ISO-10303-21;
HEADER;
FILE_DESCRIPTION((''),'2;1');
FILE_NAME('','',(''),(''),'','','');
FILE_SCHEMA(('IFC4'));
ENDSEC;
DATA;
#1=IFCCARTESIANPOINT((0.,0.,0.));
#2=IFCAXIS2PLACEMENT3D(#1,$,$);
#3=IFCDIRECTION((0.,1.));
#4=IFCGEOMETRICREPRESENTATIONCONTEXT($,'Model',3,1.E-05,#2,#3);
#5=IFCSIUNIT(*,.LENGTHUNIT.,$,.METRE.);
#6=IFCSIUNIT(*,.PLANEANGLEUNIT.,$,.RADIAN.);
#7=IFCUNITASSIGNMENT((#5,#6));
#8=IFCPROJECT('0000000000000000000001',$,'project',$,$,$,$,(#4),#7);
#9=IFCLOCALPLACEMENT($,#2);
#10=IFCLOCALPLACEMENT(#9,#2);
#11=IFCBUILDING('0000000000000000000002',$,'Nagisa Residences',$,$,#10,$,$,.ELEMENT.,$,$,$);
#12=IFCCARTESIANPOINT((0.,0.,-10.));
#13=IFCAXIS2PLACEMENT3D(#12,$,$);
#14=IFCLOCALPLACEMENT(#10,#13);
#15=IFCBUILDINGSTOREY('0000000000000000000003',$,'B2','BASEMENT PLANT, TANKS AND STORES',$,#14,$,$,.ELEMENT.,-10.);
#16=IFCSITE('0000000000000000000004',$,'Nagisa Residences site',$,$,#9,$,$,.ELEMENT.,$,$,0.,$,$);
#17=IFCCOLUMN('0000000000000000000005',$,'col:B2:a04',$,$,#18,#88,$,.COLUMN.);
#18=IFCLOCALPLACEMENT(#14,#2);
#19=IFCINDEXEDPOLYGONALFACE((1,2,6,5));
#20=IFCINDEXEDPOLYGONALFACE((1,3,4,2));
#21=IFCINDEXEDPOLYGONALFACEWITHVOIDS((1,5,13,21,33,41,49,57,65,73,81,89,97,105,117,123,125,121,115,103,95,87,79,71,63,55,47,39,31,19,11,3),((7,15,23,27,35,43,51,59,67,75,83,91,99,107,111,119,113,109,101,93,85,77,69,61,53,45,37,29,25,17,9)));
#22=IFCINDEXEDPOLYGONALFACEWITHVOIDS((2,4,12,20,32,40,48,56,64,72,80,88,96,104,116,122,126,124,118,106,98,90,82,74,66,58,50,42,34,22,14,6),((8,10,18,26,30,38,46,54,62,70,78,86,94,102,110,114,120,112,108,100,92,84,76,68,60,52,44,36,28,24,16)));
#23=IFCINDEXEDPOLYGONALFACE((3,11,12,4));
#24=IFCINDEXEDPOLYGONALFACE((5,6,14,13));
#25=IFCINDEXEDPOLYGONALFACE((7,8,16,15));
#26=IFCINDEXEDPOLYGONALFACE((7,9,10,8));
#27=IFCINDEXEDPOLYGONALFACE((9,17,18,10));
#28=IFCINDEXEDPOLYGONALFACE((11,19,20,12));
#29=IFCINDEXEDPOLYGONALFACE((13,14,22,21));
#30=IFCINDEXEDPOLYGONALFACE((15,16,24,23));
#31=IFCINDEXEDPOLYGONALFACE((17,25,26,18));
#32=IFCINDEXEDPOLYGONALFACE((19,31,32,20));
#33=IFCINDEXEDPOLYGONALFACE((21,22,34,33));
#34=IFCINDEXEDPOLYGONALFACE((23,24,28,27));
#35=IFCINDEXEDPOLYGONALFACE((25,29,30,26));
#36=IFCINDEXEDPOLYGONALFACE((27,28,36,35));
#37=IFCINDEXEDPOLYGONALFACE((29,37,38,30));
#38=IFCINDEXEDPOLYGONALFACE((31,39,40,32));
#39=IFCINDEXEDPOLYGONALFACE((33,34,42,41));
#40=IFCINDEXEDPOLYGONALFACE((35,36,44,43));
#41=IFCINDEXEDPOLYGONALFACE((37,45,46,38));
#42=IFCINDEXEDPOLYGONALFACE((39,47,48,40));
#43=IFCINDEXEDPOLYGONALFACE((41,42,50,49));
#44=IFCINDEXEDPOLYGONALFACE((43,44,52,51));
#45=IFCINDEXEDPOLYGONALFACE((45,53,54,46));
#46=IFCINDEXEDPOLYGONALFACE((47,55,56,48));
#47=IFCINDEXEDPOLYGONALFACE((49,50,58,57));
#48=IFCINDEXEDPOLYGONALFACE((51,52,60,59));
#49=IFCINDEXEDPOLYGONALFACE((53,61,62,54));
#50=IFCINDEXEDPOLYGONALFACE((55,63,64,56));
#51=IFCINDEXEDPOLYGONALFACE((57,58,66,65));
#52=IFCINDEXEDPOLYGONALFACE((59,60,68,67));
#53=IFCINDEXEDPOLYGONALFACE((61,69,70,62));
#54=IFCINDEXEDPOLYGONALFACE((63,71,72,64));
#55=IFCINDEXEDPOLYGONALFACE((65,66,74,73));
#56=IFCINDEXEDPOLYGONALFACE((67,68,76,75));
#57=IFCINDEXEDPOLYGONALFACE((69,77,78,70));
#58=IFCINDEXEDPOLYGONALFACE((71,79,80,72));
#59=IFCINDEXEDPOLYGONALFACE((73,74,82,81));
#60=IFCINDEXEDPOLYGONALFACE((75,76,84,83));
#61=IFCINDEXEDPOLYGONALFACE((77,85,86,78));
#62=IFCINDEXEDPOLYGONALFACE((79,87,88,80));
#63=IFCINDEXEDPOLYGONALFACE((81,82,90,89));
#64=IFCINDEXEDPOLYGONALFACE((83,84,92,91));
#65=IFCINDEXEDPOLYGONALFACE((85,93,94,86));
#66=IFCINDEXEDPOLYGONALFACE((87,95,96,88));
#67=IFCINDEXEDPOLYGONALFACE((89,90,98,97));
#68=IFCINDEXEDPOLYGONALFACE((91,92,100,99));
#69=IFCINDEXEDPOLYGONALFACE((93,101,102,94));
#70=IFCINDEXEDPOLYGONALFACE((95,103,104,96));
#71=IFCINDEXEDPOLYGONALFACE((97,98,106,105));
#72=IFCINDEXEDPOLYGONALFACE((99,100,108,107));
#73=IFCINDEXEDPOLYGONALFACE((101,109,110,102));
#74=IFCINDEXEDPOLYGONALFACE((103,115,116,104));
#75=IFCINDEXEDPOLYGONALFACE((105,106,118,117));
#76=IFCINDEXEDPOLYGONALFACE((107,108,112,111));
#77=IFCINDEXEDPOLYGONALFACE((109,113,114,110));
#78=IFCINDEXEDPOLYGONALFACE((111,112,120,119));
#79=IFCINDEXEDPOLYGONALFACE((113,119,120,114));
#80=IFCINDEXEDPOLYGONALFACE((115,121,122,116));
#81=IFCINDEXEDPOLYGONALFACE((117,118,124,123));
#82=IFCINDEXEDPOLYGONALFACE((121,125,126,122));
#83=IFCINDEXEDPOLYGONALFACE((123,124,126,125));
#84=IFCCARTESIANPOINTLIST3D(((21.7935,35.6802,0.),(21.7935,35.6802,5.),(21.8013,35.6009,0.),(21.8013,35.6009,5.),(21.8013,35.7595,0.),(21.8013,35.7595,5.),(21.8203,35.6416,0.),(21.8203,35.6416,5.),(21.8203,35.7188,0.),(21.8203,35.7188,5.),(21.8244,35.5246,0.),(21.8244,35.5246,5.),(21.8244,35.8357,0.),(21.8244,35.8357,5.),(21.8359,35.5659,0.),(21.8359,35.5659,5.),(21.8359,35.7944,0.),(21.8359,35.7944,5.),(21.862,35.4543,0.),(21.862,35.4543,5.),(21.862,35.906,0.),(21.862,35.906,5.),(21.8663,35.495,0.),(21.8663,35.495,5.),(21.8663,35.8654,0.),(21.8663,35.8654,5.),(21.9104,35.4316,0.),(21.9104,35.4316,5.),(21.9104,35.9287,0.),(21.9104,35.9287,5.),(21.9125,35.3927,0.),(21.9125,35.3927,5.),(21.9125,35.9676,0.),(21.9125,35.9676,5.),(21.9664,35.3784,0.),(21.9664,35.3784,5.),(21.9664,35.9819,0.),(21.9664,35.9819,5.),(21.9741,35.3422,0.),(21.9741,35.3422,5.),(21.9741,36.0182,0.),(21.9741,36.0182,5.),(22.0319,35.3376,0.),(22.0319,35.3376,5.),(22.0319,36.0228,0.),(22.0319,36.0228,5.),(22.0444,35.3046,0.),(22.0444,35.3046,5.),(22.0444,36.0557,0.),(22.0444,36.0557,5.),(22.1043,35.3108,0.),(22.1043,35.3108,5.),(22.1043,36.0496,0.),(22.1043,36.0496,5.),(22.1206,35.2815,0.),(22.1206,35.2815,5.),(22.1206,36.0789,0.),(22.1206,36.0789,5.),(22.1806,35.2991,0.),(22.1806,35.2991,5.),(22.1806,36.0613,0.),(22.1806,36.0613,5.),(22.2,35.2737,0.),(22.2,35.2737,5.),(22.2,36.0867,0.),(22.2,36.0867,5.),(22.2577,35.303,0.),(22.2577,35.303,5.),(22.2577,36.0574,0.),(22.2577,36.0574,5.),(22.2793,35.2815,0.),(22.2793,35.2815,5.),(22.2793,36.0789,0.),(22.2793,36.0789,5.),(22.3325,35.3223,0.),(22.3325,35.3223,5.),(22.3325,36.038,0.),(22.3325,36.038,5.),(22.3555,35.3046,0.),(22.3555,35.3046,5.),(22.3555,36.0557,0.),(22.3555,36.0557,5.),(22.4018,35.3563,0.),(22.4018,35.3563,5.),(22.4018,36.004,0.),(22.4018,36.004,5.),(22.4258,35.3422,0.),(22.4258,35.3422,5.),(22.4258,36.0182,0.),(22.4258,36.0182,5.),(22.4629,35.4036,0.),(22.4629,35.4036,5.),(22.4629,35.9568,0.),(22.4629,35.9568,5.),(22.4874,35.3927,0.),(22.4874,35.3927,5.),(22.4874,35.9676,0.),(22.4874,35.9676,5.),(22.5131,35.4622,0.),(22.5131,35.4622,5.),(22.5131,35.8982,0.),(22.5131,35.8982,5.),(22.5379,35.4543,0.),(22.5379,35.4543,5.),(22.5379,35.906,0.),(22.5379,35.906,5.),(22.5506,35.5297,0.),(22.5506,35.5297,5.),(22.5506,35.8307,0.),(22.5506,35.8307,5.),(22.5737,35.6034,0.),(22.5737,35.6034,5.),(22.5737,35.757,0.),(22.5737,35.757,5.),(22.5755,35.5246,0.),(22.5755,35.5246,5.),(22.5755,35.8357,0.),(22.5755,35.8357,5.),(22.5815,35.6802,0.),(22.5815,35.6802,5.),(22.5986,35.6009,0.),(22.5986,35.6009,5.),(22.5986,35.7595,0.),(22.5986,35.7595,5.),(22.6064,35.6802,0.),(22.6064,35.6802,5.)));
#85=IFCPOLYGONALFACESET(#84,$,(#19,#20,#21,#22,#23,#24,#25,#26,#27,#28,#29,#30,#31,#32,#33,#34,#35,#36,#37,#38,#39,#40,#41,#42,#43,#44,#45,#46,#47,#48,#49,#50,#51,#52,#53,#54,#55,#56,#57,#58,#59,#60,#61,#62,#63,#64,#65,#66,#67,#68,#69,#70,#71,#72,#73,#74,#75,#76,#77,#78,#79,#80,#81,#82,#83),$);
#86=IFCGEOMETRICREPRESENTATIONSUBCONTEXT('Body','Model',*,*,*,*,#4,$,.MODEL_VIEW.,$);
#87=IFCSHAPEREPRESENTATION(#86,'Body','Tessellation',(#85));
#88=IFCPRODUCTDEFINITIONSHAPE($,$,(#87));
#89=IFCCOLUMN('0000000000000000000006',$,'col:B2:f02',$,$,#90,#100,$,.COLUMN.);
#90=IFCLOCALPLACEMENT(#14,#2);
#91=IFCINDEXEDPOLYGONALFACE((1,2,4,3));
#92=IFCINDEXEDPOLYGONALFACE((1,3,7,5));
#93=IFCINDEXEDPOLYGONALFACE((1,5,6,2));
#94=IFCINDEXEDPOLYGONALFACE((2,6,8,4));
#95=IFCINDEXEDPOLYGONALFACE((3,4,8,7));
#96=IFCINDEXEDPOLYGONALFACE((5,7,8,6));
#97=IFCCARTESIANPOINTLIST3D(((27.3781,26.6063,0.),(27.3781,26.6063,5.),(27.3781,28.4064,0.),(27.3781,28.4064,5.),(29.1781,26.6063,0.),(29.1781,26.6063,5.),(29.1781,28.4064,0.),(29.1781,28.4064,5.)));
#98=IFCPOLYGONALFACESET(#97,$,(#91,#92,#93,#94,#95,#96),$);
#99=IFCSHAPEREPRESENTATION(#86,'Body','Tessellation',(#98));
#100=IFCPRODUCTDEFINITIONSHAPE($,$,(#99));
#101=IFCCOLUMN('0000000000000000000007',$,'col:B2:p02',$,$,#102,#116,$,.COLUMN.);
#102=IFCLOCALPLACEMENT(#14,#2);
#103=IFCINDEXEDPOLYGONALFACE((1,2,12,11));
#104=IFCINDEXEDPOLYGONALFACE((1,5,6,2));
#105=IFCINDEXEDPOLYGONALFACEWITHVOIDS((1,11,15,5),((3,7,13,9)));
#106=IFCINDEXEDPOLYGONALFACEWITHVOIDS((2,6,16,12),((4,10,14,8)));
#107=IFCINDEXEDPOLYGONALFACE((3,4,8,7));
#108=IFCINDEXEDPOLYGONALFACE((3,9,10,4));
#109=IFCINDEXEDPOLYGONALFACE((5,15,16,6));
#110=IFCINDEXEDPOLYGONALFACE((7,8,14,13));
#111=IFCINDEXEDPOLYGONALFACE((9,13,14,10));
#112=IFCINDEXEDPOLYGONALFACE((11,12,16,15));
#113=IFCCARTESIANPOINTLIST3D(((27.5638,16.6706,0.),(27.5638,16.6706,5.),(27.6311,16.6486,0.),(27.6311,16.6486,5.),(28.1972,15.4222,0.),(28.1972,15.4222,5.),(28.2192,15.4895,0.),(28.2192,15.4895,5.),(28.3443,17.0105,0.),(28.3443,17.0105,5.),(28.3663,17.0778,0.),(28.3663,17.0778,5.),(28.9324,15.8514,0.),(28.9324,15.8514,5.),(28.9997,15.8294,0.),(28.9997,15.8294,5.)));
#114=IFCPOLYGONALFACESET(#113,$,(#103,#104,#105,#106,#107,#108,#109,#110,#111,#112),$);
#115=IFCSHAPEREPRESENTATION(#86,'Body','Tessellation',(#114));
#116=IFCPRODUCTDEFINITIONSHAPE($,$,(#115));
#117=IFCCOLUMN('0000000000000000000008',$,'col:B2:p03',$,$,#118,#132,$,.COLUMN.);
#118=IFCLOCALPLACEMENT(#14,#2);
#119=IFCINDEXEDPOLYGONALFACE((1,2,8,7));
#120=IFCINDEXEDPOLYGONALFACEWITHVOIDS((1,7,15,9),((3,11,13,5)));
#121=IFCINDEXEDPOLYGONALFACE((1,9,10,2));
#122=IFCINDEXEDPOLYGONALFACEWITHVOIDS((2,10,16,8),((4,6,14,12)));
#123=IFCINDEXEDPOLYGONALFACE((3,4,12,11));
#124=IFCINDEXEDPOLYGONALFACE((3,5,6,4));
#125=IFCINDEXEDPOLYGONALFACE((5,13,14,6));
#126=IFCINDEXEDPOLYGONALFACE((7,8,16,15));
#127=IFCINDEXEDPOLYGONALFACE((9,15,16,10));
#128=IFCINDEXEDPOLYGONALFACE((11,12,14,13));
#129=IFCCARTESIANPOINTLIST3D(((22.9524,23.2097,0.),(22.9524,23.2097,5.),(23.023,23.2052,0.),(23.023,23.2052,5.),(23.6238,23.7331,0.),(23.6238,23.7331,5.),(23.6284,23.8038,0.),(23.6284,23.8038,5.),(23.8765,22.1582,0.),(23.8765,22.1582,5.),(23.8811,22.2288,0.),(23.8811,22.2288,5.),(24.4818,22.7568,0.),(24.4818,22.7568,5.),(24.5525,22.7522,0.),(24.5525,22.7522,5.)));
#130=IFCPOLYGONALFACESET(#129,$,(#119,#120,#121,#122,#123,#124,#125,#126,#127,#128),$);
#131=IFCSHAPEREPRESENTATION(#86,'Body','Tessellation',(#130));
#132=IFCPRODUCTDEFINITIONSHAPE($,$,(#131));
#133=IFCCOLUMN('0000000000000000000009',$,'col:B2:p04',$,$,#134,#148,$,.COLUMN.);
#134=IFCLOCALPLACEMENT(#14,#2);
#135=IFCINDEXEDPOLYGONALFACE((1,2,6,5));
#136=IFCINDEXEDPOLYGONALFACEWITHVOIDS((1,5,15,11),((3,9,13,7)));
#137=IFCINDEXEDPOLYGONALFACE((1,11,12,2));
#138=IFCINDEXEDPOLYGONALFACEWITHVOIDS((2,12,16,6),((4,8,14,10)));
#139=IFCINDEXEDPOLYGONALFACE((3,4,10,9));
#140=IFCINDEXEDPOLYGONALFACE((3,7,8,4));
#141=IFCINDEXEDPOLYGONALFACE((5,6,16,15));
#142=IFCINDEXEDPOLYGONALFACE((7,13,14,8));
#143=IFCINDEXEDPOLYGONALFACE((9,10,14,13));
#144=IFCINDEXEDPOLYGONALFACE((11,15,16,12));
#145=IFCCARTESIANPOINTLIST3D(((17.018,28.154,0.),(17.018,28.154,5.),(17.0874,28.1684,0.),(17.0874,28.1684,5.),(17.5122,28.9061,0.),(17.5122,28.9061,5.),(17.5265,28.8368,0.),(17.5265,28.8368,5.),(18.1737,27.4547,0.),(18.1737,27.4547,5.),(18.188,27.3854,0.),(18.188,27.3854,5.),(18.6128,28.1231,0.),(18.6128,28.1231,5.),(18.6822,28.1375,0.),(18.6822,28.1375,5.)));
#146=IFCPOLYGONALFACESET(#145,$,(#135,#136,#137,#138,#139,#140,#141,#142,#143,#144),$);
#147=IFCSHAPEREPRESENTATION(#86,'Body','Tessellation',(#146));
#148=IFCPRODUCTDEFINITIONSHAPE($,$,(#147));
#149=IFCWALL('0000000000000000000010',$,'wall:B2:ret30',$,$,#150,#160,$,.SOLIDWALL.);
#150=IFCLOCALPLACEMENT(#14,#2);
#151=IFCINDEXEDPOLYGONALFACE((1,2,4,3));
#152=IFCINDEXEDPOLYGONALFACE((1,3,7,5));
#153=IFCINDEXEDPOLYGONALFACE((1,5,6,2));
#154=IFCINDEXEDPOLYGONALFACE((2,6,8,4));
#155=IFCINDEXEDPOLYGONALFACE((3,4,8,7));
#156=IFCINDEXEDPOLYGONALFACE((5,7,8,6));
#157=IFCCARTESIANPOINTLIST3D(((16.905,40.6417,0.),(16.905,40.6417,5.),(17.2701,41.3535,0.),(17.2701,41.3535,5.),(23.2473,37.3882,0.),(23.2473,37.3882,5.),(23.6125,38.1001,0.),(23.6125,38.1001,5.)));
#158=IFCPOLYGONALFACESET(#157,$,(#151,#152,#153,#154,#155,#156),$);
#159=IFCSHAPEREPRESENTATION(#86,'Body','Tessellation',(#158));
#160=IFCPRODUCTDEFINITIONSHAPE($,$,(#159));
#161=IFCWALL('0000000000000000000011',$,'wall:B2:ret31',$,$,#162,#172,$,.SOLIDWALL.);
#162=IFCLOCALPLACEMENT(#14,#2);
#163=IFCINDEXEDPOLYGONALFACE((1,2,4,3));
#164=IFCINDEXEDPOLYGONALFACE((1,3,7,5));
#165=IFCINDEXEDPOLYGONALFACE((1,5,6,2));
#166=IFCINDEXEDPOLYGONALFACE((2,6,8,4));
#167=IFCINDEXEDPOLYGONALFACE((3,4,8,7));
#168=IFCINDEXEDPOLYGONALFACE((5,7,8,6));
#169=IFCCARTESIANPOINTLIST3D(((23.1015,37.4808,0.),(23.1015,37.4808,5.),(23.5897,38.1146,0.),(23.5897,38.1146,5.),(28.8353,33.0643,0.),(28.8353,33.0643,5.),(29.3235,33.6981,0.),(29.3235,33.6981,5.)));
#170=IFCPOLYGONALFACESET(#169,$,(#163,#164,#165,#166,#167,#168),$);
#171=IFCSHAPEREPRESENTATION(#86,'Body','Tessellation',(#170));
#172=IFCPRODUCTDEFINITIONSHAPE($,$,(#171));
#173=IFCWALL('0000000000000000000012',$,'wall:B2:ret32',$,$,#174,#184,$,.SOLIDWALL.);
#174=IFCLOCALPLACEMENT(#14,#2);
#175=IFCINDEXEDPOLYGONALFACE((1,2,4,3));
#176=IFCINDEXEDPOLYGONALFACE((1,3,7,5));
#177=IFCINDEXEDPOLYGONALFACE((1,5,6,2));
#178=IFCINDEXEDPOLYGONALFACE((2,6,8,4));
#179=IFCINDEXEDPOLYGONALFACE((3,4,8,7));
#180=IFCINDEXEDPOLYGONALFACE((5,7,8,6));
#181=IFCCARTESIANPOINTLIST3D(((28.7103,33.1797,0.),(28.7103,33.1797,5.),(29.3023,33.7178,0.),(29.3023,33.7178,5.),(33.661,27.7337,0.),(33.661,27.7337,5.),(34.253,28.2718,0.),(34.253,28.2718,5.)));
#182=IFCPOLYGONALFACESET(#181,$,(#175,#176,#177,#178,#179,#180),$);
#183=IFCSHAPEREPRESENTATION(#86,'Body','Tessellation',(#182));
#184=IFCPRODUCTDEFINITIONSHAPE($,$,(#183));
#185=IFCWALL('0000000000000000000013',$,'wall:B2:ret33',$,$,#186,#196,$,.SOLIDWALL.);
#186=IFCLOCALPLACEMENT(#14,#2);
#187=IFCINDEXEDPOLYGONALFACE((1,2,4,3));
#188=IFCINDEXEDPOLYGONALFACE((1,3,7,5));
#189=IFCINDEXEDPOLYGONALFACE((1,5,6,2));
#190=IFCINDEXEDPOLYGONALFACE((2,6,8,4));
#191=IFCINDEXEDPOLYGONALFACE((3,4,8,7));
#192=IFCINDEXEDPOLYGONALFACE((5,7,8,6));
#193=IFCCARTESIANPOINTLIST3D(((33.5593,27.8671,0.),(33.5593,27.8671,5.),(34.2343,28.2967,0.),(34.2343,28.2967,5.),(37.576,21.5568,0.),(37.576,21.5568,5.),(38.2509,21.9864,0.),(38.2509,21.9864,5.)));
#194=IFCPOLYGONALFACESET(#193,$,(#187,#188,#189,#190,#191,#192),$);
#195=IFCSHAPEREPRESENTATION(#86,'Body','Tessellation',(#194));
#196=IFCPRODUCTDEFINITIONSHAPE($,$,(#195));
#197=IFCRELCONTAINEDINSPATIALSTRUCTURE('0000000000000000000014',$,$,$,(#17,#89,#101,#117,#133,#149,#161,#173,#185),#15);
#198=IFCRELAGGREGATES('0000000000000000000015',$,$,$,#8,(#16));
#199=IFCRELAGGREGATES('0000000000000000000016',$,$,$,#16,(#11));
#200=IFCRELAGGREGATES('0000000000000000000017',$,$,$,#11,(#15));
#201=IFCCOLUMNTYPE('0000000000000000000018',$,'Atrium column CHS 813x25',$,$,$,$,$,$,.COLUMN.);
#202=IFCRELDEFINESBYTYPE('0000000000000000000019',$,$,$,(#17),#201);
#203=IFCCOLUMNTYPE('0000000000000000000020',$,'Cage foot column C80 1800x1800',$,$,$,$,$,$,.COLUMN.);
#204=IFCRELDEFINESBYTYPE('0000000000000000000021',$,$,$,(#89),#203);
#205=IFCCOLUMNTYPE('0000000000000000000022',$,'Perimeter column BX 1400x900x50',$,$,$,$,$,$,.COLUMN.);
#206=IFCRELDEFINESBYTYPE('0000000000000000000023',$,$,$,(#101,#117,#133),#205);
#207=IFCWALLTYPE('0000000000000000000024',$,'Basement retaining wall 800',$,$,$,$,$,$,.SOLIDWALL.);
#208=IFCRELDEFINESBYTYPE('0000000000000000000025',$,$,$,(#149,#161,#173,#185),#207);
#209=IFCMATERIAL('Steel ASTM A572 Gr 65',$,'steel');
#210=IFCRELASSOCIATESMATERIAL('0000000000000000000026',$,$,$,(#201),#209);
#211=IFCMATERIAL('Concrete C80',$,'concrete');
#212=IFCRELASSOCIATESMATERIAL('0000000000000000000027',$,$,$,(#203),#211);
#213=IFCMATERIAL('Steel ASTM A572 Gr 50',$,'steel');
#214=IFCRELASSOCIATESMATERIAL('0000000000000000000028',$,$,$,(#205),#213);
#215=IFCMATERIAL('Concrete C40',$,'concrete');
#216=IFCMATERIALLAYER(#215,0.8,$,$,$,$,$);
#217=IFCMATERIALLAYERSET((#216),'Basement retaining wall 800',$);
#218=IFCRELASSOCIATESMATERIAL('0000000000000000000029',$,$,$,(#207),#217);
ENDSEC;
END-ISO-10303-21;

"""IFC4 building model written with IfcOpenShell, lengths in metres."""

from ifc_helpers import new_model, si_unit, direction, frame, frame_2d, origin, origin_2d, place, context, subcontext, project, spatial, rectangle, hollow_rectangle, hollow_circle, extrude, material, layer, layer_set, material_profile, profile_set, type_object, element, save


model = new_model("IFC4")

# Units and contexts
model_context = context("Model", 3, precision=1e-05, world=origin(), true_north=direction((0.0, 1.0)))
body_context = subcontext(model_context, "Body", "Model", "MODEL_VIEW")
ifc_project = project(units=[si_unit("LENGTHUNIT", "METRE"), si_unit("PLANEANGLEUNIT", "RADIAN")], contexts=[model_context])

# Site, building, storey
site_placement = place(None, origin())
site = spatial("IfcSite", under=ifc_project, at=site_placement, Name="Nagisa Residences site", CompositionType="ELEMENT", RefElevation=0.0)
building_placement = place(site_placement, origin())
building = spatial("IfcBuilding", under=site, at=building_placement, Name="Nagisa Residences", CompositionType="ELEMENT")
storey_placement = place(building_placement, frame((0.0, 0.0, -10.0)))
storey = spatial("IfcBuildingStorey", under=building, at=storey_placement, Name="B2", Description="BASEMENT PLANT, TANKS AND STORES", CompositionType="ELEMENT", Elevation=-10.0)

# Columns
ifc_material_1 = material(Name="Steel ASTM A572 Gr 65", Category="steel")
ifc_material_profile_1 = material_profile(ifc_material_1, hollow_circle(Radius=0.4065, WallThickness=0.0249, at=origin_2d()), Name="CHS 813x25")
ifc_profile_set_1 = profile_set([ifc_material_profile_1], Name="Steel ASTM A572 Gr 65")
column_type_1 = type_object("IfcColumnType", Name="Atrium column CHS 813x25", PredefinedType="COLUMN", material=ifc_profile_set_1)
for number, where, z_axis, x_axis, name in (
    (1, (22.2, 35.6802, 0.0), (0.0, 0.0, 1.0), (1.0, 0.0, 0.0), "col:B2:a04"),
):
    element("IfcColumn", number, at=place(storey_placement, frame(where, z_axis=z_axis, x_axis=x_axis)), inside=storey, type_object=column_type_1, Name=name, PredefinedType="COLUMN", context=body_context, shape_type="SweptSolid", body=[
        extrude(hollow_circle(Radius=0.4065, WallThickness=0.0249, at=origin_2d()), origin(), (0.0, 0.0, 1.0), 5.0),
    ])
ifc_material_2 = material(Name="Concrete C80", Category="concrete")
ifc_material_profile_2 = material_profile(ifc_material_2, rectangle(XDim=1.8, YDim=1.8, at=origin_2d()), Name="C80 1800x1800")
ifc_profile_set_2 = profile_set([ifc_material_profile_2], Name="Concrete C80")
column_type_2 = type_object("IfcColumnType", Name="Cage foot column C80 1800x1800", PredefinedType="COLUMN", material=ifc_profile_set_2)
column_placement = place(storey_placement, frame((28.2781, 27.5063, 0.0), z_axis=(0.0, 0.0, 1.0), x_axis=(1.0, 0.0, 0.0)))
element("IfcColumn", 2, at=column_placement, inside=storey, type_object=column_type_2, Name="col:B2:f02", PredefinedType="COLUMN", context=body_context, shape_type="SweptSolid", body=[
    extrude(rectangle(XDim=1.8, YDim=1.8, at=origin_2d()), origin(), (0.0, 0.0, 1.0), 5.0),
])
ifc_material_3 = material(Name="Steel ASTM A572 Gr 50", Category="steel")
ifc_material_profile_3 = material_profile(ifc_material_3, hollow_rectangle(XDim=1.3999, YDim=0.8999, WallThickness=0.05, at=origin_2d()), Name="BX 1400x900x50")
ifc_profile_set_3 = profile_set([ifc_material_profile_3], Name="Steel ASTM A572 Gr 50")
column_type_3 = type_object("IfcColumnType", Name="Perimeter column BX 1400x900x50", PredefinedType="COLUMN", material=ifc_profile_set_3)
for number, where, z_axis, x_axis, name in (
    (3, (28.2817, 16.25, 0.0), (0.0, 0.0, 1.0), (-0.452463, 0.891783, 0.0), "col:B2:p02"),
    (4, (23.7524, 22.981, 0.0), (0.0, 0.0, 1.0), (-0.660115, 0.751165, 0.0), "col:B2:p03"),
    (5, (17.8501, 28.1458, 0.0), (0.0, 0.0, 1.0), (-0.835766, 0.549086, 0.0), "col:B2:p04"),
):
    element("IfcColumn", number, at=place(storey_placement, frame(where, z_axis=z_axis, x_axis=x_axis)), inside=storey, type_object=column_type_3, Name=name, PredefinedType="COLUMN", context=body_context, shape_type="SweptSolid", body=[
        extrude(hollow_rectangle(XDim=1.3999, YDim=0.8999, WallThickness=0.05, at=origin_2d()), origin(), (0.0, 0.0, 1.0), 5.0),
    ])

# Walls
ifc_material_4 = material(Name="Concrete C40", Category="concrete")
ifc_layer_1 = layer(ifc_material_4, 0.8)
ifc_layer_set_1 = layer_set([ifc_layer_1], Name="Basement retaining wall 800")
wall_type_1 = type_object("IfcWallType", Name="Basement retaining wall 800", PredefinedType="SOLIDWALL", material=ifc_layer_set_1)
wall_1_placement = place(storey_placement, frame((17.0876, 40.9976, 0.0), z_axis=(0.0, 0.0, 1.0), x_axis=(0.889763, -0.456424, 0.0)))
element("IfcWall", 6, at=wall_1_placement, inside=storey, type_object=wall_type_1, Name="wall:B2:ret30", PredefinedType="SOLIDWALL", context=body_context, shape_type="SweptSolid", body=[
    extrude(rectangle(XDim=7.1282, YDim=0.8, at=frame_2d((3.564, 0.0))), origin(), (0.0, 0.0, 1.0), 5.0),
])
wall_2_placement = place(storey_placement, frame((23.3457, 37.7976, 0.0), z_axis=(0.0, 0.0, 1.0), x_axis=(0.792235, -0.610216, 0.0)))
element("IfcWall", 7, at=wall_2_placement, inside=storey, type_object=wall_type_1, Name="wall:B2:ret31", PredefinedType="SOLIDWALL", context=body_context, shape_type="SweptSolid", body=[
    extrude(rectangle(XDim=7.2375, YDim=0.8, at=frame_2d((3.6187, 0.0))), origin(), (0.0, 0.0, 1.0), 5.0),
])
wall_3_placement = place(storey_placement, frame((29.0063, 33.4487, 0.0), z_axis=(0.0, 0.0, 1.0), x_axis=(0.672653, -0.739958, 0.0)))
element("IfcWall", 8, at=wall_3_placement, inside=storey, type_object=wall_type_1, Name="wall:B2:ret32", PredefinedType="SOLIDWALL", context=body_context, shape_type="SweptSolid", body=[
    extrude(rectangle(XDim=7.3599, YDim=0.8, at=frame_2d((3.6799, 0.0))), origin(), (0.0, 0.0, 1.0), 5.0),
])
wall_4_placement = place(storey_placement, frame((33.8967, 28.082, 0.0), z_axis=(0.0, 0.0, 1.0), x_axis=(0.536966, -0.843604, 0.0)))
element("IfcWall", 9, at=wall_4_placement, inside=storey, type_object=wall_type_1, Name="wall:B2:ret33", PredefinedType="SOLIDWALL", context=body_context, shape_type="SweptSolid", body=[
    extrude(rectangle(XDim=7.4802, YDim=0.8, at=frame_2d((3.7402, 0.0))), origin(), (0.0, 0.0, 1.0), 5.0),
])

save(model, "model.ifc")
